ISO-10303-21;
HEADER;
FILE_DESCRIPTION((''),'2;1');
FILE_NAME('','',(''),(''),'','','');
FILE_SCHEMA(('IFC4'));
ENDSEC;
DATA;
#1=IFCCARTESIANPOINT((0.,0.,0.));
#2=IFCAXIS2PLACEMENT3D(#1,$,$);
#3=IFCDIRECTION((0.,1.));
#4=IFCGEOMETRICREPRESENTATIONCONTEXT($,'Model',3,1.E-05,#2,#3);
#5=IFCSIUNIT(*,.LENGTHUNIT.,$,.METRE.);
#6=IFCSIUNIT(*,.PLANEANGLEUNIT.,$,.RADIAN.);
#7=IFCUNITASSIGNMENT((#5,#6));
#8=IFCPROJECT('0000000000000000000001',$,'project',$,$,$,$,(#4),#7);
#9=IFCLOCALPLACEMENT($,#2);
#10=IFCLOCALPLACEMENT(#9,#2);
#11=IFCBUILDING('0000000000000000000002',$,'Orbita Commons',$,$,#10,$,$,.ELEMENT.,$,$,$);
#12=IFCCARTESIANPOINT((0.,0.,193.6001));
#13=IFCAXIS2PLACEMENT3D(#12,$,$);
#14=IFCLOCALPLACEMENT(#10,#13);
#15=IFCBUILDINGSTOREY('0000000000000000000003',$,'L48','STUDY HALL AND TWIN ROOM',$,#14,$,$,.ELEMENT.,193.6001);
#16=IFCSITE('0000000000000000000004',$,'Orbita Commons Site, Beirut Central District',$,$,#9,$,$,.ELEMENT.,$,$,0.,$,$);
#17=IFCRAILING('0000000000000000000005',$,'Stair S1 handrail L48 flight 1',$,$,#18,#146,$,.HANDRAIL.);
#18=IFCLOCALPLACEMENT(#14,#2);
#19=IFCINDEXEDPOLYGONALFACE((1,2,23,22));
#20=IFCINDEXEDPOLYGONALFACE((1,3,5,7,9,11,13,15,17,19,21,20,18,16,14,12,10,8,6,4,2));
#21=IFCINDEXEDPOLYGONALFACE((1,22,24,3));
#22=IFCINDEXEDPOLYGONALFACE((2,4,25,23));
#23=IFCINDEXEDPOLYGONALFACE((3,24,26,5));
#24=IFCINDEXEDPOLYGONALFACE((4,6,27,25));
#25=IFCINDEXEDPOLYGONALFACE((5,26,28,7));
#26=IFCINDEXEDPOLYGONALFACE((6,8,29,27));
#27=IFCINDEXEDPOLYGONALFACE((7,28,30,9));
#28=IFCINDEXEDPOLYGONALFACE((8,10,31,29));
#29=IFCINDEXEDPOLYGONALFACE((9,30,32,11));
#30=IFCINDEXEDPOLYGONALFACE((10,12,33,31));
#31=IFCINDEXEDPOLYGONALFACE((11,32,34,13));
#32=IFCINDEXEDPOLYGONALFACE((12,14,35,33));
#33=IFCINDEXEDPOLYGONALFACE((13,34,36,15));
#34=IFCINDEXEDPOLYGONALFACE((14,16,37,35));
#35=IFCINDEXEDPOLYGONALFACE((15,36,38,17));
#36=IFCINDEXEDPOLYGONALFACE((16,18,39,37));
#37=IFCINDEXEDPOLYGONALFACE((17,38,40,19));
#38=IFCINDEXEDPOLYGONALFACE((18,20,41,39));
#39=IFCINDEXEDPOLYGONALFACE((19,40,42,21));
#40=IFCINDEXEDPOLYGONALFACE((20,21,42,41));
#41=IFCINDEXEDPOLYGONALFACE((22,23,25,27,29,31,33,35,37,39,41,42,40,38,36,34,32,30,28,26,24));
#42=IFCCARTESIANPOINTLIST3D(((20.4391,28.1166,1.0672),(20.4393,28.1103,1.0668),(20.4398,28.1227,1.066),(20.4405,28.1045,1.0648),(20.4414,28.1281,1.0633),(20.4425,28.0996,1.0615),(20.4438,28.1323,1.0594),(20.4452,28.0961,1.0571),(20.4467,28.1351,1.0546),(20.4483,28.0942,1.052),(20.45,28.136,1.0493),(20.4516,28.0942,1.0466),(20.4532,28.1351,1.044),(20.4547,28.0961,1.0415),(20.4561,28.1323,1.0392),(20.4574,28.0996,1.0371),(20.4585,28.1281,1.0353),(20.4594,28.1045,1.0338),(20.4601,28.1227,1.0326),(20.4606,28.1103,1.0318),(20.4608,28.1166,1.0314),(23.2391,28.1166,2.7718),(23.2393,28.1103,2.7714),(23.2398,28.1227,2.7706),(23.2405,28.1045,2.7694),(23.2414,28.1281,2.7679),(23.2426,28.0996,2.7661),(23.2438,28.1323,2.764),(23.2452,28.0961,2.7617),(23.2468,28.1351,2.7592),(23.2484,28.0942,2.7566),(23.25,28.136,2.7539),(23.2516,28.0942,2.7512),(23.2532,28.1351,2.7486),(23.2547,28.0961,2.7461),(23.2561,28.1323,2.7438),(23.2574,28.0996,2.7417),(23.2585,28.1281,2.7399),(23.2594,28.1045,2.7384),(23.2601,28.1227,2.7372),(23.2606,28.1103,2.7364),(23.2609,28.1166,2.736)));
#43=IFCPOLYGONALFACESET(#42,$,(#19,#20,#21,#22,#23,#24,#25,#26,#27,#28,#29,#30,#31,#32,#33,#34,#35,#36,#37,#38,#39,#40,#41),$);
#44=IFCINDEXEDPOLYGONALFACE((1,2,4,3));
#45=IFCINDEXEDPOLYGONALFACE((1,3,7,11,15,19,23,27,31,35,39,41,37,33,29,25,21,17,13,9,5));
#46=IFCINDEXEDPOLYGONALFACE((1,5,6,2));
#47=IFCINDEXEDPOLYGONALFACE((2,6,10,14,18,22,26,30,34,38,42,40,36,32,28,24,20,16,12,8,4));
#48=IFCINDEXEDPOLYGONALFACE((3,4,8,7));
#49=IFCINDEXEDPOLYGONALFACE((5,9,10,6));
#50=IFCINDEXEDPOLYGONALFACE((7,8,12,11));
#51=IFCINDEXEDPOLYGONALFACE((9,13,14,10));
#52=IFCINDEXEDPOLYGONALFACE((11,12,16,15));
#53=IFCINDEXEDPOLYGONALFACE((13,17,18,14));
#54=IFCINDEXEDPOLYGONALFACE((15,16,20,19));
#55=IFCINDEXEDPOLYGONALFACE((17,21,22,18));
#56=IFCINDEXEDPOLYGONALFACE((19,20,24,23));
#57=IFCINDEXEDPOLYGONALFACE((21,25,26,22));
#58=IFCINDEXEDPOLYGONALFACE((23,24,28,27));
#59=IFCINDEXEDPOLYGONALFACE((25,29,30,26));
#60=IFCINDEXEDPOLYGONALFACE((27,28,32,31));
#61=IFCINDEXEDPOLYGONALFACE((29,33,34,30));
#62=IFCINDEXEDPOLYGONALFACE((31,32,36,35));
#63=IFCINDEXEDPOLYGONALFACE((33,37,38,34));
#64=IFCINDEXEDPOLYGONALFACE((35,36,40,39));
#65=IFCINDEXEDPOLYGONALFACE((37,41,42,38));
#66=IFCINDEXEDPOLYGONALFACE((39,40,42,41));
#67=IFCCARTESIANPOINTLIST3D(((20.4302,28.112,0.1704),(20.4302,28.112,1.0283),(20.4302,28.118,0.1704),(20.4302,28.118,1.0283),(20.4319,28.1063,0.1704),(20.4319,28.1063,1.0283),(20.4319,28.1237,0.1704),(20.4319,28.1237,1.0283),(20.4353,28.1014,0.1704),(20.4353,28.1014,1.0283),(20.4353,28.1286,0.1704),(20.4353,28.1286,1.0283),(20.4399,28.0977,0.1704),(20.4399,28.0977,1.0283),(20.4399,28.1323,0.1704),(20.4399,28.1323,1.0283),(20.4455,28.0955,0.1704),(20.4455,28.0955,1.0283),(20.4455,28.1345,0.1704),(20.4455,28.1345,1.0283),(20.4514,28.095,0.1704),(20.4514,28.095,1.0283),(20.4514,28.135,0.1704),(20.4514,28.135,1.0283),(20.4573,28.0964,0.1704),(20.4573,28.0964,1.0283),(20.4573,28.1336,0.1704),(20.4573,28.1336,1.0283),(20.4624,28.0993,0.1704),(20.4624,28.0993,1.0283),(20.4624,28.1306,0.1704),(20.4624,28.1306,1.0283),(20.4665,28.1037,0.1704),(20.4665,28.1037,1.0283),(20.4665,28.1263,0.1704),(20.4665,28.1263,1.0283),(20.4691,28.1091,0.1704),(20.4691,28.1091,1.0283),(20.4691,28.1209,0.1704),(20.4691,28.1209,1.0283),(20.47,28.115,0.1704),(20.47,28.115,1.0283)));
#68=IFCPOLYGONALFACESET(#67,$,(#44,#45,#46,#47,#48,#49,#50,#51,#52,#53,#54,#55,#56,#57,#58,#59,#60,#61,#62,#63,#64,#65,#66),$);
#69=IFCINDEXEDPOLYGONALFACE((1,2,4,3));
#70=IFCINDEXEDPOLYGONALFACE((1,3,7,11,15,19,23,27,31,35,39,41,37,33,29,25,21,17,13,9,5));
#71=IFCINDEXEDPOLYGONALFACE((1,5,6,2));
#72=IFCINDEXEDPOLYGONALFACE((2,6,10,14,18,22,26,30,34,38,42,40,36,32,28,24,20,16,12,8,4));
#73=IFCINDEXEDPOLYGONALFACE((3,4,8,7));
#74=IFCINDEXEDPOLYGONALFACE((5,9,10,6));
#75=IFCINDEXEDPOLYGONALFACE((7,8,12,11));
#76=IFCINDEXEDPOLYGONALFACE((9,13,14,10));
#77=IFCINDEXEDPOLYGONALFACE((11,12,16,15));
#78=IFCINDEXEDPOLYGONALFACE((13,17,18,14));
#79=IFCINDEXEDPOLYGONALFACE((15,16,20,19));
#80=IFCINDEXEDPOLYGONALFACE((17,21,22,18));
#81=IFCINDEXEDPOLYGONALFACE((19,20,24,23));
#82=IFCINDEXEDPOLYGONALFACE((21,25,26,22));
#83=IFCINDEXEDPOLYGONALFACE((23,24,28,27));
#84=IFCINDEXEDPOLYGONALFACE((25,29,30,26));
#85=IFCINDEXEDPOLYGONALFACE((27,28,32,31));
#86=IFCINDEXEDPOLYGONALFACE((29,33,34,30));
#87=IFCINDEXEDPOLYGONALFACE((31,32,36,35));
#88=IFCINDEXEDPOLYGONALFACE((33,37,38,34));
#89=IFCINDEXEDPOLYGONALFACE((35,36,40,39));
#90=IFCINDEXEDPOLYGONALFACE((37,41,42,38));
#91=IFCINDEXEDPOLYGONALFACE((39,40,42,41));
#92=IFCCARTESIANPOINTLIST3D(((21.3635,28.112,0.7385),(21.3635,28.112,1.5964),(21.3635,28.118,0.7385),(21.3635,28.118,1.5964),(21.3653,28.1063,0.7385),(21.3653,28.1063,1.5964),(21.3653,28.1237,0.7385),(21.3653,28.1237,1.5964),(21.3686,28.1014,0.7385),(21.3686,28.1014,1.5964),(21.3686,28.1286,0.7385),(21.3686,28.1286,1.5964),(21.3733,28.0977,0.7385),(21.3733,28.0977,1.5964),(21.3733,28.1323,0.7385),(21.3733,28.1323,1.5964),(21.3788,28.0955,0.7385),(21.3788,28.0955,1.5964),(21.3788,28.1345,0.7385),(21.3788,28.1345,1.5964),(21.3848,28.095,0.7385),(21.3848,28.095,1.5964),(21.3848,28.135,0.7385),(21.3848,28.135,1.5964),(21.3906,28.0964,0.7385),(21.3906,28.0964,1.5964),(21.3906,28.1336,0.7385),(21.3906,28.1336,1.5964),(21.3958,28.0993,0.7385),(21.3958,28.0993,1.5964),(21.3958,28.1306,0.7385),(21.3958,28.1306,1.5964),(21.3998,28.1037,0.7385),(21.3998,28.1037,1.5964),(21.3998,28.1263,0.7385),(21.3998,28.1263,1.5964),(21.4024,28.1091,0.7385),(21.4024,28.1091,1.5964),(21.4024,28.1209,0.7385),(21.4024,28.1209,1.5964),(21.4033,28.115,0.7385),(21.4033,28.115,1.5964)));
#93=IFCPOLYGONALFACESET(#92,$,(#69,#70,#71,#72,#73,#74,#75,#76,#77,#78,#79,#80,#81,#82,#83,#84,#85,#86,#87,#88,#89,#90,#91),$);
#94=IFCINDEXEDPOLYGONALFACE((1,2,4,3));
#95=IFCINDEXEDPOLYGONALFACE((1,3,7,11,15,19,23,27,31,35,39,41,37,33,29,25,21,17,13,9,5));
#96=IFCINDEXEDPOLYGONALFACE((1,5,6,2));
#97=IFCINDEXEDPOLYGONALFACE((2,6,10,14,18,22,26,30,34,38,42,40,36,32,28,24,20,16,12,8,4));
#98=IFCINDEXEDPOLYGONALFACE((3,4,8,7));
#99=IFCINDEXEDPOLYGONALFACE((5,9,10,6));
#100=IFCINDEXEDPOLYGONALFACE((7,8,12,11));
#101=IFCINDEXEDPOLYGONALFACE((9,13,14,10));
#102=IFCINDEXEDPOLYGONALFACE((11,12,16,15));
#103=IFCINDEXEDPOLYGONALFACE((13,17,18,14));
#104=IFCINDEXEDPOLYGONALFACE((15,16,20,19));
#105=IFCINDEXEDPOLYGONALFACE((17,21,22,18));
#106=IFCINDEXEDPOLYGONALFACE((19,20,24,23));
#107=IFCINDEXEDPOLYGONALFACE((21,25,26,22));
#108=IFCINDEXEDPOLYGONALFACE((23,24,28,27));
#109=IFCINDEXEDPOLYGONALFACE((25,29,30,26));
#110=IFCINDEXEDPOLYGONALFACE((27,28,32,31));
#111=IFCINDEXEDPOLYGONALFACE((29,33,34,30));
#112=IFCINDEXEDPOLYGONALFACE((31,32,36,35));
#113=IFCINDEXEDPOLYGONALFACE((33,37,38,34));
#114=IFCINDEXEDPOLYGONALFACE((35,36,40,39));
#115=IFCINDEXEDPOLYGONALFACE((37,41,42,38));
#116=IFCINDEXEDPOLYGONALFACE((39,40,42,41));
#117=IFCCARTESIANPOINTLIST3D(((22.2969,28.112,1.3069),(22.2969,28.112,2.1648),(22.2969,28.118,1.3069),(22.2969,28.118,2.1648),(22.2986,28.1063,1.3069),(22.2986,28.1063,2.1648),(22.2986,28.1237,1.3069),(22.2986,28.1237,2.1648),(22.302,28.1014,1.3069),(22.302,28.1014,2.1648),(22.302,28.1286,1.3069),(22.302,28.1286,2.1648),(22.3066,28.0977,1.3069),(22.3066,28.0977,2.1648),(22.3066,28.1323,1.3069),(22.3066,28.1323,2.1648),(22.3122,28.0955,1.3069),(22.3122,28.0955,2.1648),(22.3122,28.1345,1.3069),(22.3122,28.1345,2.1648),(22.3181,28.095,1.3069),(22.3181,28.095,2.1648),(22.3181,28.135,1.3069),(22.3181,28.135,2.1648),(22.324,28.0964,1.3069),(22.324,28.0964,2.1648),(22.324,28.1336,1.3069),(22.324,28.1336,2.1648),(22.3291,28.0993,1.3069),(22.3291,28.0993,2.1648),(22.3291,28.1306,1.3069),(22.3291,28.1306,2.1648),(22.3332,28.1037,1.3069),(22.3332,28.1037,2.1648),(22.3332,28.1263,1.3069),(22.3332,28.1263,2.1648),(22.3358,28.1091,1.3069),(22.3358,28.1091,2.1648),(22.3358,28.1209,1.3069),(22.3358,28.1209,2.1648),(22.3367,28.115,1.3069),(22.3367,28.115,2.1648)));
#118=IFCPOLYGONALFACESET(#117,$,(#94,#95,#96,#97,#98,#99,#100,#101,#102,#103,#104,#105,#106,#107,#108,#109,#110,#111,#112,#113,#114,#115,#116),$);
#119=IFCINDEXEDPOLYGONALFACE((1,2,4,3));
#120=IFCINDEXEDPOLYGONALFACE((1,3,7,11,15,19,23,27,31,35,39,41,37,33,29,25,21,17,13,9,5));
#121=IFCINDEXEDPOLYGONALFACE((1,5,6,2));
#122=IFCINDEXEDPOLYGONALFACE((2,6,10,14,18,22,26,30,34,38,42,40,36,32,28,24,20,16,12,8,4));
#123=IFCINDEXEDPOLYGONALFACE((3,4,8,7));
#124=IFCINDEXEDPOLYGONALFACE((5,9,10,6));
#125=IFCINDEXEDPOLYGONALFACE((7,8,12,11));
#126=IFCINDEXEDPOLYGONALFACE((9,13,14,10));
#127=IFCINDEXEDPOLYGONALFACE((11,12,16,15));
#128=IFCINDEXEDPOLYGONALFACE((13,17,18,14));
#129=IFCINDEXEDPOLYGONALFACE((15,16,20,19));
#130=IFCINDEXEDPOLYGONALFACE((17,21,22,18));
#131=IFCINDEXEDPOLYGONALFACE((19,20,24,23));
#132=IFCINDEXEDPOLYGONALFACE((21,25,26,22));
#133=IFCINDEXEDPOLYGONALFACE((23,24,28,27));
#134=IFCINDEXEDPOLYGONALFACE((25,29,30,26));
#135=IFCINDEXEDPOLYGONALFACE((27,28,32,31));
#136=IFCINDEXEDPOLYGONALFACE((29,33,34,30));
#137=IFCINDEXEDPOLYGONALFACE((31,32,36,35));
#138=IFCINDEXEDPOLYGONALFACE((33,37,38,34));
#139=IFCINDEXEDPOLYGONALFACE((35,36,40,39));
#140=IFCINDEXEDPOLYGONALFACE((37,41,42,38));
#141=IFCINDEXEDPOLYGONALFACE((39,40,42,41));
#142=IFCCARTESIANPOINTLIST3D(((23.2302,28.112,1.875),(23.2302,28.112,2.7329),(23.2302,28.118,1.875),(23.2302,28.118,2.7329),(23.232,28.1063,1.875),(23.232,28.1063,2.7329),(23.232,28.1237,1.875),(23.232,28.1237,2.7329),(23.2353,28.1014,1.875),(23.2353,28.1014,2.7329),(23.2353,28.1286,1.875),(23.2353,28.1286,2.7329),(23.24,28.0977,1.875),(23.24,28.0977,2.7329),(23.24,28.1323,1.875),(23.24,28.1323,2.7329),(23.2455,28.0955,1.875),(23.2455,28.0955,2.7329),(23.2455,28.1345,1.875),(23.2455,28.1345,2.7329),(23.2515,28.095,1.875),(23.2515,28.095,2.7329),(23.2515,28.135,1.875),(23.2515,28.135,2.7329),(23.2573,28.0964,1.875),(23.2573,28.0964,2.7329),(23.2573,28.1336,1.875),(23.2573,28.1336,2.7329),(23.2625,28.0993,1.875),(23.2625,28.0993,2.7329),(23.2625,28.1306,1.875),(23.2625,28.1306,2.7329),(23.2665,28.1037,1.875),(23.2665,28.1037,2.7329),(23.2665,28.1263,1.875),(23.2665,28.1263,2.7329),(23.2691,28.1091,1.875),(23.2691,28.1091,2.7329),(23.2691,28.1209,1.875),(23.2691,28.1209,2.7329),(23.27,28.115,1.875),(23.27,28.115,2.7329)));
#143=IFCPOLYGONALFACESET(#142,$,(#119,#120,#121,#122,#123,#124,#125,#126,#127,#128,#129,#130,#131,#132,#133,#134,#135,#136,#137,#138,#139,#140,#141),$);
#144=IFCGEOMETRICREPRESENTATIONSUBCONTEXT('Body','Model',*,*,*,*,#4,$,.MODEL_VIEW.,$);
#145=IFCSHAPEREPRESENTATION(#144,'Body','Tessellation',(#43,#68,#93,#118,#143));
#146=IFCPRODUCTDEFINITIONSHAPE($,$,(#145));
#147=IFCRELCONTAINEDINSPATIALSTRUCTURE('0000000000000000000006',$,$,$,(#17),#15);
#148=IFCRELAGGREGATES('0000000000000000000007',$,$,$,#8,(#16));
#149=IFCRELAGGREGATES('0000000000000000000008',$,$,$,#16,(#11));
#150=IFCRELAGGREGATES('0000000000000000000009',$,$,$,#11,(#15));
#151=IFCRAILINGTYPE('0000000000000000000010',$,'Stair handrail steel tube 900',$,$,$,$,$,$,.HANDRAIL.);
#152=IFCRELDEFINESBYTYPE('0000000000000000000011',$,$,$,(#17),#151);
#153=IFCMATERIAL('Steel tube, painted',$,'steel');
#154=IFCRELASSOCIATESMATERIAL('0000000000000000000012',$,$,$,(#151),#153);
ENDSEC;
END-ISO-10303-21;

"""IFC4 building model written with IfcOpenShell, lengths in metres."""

from ifc_helpers import new_model, si_unit, direction, frame, origin, origin_2d, place, context, subcontext, project, spatial, circle, extrude, material, type_object, element, save


model = new_model("IFC4")

# Units and contexts
model_context = context("Model", 3, precision=1e-05, world=origin(), true_north=direction((0.0, 1.0)))
body_context = subcontext(model_context, "Body", "Model", "MODEL_VIEW")
ifc_project = project(units=[si_unit("LENGTHUNIT", "METRE"), si_unit("PLANEANGLEUNIT", "RADIAN")], contexts=[model_context])

# Site, building, storey
site_placement = place(None, origin())
site = spatial("IfcSite", under=ifc_project, at=site_placement, Name="Orbita Commons Site, Beirut Central District", CompositionType="ELEMENT", RefElevation=0.0)
building_placement = place(site_placement, origin())
building = spatial("IfcBuilding", under=site, at=building_placement, Name="Orbita Commons", CompositionType="ELEMENT")
storey_placement = place(building_placement, frame((0.0, 0.0, 193.6001)))
storey = spatial("IfcBuildingStorey", under=building, at=storey_placement, Name="L48", Description="STUDY HALL AND TWIN ROOM", CompositionType="ELEMENT", Elevation=193.6001)

# Railing
ifc_material_1 = material(Name="Steel tube, painted", Category="steel")
railing_type = type_object("IfcRailingType", Name="Stair handrail steel tube 900", PredefinedType="HANDRAIL", material=ifc_material_1)
for number, where, name in (
    (1, (20.45, 28.115, 0.1704), "Stair S1 handrail L48 flight 1"),
):
    element("IfcRailing", number, at=place(storey_placement, frame(where)), inside=storey, type_object=railing_type, Name=name, PredefinedType="HANDRAIL", context=body_context, shape_type="SweptSolid", body=[
        extrude(circle(Radius=0.021, at=origin_2d()), frame((0.0, 0.0, 0.8789), z_axis=(0.85417, 0.0, 0.519994), x_axis=(0.0, 1.0, 0.0)), (0.0, 0.0, 1.0), 3.2781),
        extrude(circle(Radius=0.02, at=origin_2d()), origin(), (0.0, 0.0, 1.0), 0.8579),
        extrude(circle(Radius=0.02, at=origin_2d()), frame((0.9333, 0.0, 0.5681)), (0.0, 0.0, 1.0), 0.8579),
        extrude(circle(Radius=0.02, at=origin_2d()), frame((1.8667, 0.0, 1.1365)), (0.0, 0.0, 1.0), 0.8579),
        extrude(circle(Radius=0.02, at=origin_2d()), frame((2.8, 0.0, 1.7046)), (0.0, 0.0, 1.0), 0.8579),
    ])

save(model, "model.ifc")
